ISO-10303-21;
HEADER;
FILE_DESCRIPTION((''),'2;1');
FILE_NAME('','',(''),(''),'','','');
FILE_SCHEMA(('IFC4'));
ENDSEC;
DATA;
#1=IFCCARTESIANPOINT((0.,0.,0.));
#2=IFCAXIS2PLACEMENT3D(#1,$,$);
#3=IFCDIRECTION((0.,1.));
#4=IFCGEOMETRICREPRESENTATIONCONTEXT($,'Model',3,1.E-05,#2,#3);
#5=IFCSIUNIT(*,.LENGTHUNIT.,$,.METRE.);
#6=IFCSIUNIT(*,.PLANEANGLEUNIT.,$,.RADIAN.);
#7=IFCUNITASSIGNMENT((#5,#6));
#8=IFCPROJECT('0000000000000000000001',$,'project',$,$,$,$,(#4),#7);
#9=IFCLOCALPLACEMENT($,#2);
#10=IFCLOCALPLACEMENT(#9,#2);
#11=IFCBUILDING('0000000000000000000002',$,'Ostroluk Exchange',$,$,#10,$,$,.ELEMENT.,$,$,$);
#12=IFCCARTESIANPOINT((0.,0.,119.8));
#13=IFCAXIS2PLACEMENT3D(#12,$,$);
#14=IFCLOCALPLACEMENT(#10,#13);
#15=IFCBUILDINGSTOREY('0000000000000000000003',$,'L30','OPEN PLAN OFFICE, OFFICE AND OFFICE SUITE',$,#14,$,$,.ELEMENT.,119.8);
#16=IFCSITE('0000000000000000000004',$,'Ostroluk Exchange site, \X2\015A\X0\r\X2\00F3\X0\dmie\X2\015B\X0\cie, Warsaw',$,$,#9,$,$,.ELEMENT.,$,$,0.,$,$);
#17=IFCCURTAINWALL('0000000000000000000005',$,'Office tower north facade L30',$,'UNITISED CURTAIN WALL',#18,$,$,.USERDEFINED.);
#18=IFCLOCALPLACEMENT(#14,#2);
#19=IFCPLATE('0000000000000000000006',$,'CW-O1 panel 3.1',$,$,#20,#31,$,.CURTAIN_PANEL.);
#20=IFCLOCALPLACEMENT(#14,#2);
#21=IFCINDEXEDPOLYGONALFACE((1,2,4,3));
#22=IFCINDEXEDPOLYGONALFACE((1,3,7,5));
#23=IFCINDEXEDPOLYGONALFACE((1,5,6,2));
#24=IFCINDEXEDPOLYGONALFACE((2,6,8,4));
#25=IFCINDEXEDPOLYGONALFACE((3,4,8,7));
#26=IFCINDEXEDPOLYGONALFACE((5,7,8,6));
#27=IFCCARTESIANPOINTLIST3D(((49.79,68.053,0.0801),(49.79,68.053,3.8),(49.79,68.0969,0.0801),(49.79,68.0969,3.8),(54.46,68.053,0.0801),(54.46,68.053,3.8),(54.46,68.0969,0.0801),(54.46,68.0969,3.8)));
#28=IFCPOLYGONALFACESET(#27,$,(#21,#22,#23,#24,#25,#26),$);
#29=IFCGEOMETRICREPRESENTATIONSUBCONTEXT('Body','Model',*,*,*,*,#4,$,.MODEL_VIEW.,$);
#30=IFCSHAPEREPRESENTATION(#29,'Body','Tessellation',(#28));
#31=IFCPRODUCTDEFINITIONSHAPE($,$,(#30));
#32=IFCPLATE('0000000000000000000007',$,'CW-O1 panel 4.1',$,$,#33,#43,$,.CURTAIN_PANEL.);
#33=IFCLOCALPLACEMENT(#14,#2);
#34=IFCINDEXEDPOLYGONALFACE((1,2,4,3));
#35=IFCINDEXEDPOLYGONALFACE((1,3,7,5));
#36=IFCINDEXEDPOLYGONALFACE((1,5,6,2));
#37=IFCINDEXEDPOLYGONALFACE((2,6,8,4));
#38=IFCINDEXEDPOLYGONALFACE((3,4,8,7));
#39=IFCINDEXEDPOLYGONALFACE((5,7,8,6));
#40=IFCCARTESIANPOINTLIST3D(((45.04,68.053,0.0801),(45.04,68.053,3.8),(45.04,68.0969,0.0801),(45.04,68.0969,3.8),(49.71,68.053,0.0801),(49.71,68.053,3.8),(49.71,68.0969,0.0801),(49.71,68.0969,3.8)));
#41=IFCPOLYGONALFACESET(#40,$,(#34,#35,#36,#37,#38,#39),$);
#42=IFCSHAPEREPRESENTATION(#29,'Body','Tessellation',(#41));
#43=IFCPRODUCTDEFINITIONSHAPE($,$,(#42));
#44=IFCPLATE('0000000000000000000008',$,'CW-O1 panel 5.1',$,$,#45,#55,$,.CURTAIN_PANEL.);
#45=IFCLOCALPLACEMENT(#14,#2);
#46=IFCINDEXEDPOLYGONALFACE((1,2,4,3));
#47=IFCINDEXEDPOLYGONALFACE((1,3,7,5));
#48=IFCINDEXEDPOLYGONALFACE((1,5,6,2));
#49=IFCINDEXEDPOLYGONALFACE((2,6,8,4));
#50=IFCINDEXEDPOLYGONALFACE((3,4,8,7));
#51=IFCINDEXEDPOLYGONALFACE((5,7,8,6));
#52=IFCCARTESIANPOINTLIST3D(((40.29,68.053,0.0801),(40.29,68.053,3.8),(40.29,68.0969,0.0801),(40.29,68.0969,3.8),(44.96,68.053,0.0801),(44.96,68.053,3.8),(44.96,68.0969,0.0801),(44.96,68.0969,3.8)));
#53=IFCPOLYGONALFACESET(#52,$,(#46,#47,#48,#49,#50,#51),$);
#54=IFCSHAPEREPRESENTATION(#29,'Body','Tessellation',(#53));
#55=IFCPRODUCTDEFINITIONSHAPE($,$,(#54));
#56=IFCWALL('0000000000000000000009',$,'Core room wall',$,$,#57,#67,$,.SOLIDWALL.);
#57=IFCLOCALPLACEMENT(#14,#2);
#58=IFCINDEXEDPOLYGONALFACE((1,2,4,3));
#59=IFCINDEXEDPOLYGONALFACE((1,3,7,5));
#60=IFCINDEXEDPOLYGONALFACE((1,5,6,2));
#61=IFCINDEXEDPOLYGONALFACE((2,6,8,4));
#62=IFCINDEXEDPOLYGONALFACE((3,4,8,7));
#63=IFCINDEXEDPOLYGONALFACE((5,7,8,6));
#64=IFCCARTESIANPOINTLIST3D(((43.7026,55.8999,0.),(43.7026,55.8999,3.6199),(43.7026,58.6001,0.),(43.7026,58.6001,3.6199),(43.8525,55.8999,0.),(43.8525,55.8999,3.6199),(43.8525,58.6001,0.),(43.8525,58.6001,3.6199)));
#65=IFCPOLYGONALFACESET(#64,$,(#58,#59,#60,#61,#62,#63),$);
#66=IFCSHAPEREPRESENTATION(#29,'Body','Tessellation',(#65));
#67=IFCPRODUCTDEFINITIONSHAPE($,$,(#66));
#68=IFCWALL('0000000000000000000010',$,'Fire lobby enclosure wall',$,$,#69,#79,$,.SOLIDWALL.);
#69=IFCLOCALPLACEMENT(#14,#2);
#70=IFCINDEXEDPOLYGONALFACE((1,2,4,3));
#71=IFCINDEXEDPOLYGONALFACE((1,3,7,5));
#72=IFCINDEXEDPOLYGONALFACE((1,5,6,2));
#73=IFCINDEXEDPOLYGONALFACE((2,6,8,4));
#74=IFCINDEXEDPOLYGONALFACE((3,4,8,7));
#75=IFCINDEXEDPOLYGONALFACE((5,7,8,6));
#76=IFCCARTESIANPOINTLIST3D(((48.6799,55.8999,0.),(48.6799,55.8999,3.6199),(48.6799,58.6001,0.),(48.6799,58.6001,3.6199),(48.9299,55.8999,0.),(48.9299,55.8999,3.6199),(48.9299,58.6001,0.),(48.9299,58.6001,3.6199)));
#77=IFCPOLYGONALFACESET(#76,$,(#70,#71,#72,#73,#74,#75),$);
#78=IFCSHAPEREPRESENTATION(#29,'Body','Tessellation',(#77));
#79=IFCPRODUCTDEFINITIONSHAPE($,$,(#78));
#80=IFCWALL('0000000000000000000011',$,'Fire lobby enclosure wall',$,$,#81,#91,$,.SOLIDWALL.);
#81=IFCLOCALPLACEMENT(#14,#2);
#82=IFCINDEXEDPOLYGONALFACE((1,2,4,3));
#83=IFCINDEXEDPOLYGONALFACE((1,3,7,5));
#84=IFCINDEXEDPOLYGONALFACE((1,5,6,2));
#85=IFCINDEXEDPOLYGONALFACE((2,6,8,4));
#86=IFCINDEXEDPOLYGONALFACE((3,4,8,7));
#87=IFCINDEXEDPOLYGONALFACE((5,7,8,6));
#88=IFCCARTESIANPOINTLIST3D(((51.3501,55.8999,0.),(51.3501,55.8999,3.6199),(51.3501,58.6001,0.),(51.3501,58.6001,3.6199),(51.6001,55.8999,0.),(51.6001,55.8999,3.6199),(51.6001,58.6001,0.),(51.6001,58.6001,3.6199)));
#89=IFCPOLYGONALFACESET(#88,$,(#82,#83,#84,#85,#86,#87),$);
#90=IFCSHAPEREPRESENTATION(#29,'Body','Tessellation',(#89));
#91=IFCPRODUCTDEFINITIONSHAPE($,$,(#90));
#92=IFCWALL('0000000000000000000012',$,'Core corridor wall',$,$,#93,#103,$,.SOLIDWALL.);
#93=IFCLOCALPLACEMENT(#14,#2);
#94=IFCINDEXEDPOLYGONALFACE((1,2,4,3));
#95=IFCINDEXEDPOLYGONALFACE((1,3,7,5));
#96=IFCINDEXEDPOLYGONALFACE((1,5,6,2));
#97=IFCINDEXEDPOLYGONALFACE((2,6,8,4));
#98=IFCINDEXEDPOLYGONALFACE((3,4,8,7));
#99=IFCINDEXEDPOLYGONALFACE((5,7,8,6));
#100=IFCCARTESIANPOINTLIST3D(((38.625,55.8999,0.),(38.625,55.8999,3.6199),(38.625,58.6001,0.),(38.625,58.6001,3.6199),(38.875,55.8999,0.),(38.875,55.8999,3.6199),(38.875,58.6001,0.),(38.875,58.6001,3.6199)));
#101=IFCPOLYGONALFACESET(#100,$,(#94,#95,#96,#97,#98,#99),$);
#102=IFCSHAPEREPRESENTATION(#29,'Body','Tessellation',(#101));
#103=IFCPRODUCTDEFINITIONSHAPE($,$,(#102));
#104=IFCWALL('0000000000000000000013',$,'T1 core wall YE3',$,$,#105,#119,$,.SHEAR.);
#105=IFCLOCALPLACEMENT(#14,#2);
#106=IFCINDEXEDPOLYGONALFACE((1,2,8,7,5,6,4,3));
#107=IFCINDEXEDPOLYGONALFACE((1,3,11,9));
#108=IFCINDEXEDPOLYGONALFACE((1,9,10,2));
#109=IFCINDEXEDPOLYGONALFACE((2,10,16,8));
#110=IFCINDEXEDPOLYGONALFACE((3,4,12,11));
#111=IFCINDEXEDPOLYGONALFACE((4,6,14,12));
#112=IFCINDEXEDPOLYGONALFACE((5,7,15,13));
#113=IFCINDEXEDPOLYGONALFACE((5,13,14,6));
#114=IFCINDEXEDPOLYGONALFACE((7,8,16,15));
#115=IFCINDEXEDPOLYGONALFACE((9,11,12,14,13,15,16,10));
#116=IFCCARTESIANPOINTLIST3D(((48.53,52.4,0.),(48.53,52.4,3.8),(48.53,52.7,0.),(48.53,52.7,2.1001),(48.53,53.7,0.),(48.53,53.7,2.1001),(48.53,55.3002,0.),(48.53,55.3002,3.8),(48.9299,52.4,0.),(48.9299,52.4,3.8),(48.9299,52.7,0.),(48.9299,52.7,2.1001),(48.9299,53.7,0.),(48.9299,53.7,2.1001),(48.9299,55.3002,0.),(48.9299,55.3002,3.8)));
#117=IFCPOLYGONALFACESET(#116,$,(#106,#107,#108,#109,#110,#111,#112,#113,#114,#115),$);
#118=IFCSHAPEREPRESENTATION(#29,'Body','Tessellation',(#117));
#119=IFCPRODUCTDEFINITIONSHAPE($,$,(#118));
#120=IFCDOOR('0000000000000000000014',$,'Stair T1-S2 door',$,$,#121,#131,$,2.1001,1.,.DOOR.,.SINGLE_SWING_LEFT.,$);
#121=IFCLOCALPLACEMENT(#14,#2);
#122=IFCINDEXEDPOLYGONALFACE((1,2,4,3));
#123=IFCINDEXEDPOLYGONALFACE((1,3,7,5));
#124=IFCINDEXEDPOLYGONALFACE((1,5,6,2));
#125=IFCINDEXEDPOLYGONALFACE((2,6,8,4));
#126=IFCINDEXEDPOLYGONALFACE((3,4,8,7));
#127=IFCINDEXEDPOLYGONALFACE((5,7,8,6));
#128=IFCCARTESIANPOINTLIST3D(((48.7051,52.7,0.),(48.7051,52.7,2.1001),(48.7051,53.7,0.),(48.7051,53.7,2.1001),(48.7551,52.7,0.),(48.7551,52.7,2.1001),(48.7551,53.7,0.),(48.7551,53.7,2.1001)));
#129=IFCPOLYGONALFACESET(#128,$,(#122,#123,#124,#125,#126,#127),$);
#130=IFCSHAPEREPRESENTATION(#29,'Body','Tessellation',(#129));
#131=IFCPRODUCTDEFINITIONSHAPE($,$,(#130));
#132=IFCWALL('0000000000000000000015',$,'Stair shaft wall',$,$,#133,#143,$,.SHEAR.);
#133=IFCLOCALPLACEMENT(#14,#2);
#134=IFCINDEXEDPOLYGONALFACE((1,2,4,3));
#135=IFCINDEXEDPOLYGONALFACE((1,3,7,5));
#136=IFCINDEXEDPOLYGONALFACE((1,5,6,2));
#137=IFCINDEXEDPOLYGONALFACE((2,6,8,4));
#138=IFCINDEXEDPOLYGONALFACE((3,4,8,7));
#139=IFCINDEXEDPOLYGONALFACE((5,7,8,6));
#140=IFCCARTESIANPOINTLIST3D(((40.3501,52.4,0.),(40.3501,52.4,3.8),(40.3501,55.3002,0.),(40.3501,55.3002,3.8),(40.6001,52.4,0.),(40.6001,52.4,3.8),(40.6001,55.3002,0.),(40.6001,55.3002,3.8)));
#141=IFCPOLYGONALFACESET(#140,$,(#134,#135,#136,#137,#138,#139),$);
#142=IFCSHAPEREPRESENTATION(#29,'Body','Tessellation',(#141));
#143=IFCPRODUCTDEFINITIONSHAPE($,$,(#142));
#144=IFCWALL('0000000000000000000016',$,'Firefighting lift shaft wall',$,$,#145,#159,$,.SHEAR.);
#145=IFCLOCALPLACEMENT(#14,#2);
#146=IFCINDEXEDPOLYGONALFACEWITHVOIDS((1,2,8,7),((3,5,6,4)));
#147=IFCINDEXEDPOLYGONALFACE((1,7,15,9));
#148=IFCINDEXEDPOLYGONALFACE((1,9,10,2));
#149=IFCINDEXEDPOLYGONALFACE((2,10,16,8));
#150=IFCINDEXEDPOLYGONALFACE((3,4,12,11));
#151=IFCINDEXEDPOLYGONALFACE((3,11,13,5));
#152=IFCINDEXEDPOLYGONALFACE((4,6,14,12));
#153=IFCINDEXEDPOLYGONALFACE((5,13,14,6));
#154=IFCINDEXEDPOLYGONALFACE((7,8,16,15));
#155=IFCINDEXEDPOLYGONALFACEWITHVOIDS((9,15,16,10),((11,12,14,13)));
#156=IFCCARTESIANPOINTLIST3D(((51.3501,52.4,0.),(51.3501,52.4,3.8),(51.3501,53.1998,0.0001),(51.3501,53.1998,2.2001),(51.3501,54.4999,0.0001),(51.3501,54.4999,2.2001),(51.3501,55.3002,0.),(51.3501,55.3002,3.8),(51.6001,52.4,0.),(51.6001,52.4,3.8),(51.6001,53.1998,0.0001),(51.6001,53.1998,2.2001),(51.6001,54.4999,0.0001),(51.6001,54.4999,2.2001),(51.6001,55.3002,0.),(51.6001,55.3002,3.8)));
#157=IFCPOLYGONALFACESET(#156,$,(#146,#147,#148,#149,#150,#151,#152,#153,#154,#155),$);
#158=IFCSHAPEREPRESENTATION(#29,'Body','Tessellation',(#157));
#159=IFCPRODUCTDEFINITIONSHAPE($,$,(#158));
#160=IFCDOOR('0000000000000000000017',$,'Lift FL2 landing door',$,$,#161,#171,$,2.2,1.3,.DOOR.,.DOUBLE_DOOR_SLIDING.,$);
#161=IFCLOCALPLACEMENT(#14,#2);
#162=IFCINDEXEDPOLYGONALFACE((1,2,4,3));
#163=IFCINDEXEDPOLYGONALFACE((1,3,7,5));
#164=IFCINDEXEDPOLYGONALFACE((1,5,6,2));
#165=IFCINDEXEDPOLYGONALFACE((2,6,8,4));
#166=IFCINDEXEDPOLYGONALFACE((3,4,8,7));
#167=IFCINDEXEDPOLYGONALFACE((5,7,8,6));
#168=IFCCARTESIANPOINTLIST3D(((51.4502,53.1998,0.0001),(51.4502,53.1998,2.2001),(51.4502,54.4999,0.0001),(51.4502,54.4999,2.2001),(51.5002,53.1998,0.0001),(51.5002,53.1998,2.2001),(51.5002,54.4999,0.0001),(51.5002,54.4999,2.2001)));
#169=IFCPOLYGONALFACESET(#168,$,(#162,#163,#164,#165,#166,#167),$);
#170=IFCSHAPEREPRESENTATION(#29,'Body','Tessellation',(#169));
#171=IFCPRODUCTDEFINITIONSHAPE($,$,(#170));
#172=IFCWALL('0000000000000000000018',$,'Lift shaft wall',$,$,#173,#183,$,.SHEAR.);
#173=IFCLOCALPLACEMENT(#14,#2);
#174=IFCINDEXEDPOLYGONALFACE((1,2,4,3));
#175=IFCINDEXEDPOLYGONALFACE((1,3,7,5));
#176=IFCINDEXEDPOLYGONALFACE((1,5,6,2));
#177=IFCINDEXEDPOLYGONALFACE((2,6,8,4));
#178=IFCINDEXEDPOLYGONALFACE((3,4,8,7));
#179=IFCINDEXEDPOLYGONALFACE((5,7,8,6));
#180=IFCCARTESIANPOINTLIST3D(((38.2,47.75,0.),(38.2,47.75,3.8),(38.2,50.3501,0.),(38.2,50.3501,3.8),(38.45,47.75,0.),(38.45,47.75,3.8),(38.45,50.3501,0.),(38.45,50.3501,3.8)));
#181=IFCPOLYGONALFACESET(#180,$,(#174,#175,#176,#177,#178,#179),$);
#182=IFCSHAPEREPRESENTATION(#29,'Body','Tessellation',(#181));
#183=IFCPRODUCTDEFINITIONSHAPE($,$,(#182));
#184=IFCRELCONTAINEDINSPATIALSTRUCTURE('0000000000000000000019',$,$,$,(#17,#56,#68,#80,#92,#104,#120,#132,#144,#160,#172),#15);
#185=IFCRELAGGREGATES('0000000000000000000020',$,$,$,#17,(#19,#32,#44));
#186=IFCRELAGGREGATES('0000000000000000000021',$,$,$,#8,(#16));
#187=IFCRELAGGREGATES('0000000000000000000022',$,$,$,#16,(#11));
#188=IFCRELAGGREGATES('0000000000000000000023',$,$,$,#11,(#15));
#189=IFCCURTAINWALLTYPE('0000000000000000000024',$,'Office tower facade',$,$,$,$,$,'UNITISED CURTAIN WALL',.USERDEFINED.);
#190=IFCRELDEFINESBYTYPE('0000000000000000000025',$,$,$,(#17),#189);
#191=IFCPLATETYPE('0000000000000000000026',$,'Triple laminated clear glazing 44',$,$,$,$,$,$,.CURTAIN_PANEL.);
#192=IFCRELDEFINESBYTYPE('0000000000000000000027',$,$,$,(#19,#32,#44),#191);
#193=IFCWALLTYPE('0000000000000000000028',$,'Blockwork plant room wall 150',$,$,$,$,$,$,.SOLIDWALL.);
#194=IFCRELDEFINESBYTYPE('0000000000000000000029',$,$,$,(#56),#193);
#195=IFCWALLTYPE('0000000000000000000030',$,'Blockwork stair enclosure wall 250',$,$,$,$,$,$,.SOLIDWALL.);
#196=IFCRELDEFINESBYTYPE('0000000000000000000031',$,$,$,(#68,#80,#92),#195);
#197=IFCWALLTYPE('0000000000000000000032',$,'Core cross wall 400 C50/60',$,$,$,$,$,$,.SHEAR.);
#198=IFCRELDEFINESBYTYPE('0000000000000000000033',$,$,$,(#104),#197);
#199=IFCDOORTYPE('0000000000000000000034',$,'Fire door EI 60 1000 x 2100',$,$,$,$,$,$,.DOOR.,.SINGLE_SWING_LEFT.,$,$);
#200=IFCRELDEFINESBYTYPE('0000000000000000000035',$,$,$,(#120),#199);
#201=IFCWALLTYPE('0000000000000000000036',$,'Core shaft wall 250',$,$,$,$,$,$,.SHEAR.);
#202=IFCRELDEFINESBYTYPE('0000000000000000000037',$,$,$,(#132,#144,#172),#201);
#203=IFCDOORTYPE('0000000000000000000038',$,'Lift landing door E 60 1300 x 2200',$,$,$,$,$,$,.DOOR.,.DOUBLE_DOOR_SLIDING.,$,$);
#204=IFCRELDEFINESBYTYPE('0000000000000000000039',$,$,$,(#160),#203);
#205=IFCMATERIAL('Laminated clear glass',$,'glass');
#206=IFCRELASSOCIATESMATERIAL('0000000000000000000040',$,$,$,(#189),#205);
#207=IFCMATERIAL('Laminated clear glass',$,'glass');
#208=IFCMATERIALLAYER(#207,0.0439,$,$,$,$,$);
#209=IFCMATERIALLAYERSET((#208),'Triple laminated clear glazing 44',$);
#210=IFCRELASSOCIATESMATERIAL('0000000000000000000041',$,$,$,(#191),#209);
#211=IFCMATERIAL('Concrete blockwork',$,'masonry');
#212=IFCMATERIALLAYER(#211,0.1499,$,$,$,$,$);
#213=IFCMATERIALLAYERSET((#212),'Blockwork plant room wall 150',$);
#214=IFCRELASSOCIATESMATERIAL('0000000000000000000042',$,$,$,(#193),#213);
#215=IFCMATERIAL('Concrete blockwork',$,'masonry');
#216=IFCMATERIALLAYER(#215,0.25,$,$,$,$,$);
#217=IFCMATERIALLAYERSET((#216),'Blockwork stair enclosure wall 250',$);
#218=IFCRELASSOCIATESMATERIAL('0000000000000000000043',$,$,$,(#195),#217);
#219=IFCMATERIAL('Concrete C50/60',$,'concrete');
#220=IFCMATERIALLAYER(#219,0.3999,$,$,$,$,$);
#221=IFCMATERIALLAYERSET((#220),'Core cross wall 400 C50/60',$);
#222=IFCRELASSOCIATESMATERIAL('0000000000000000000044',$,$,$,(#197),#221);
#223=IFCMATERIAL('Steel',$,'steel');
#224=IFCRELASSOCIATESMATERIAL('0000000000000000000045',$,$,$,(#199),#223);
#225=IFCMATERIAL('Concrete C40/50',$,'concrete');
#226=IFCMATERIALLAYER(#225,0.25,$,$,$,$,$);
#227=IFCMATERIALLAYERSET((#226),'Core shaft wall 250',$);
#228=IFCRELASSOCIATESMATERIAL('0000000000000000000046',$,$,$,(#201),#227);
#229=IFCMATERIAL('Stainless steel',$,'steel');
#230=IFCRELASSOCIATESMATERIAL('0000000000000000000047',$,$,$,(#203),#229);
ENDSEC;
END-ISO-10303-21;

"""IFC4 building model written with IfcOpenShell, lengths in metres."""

from ifc_helpers import new_model, si_unit, direction, frame, frame_2d, origin, origin_2d, place, context, subcontext, project, spatial, rectangle, extrude, material, layer, layer_set, type_object, element, fill, aggregate, save


model = new_model("IFC4")

# Units and contexts
model_context = context("Model", 3, precision=1e-05, world=origin(), true_north=direction((0.0, 1.0)))
body_context = subcontext(model_context, "Body", "Model", "MODEL_VIEW")
ifc_project = project(units=[si_unit("LENGTHUNIT", "METRE"), si_unit("PLANEANGLEUNIT", "RADIAN")], contexts=[model_context])

# Site, building, storey
site_placement = place(None, origin())
site = spatial("IfcSite", under=ifc_project, at=site_placement, Name="Ostroluk Exchange site, Śródmieście, Warsaw", CompositionType="ELEMENT", RefElevation=0.0)
building_placement = place(site_placement, origin())
building = spatial("IfcBuilding", under=site, at=building_placement, Name="Ostroluk Exchange", CompositionType="ELEMENT")
storey_placement = place(building_placement, frame((0.0, 0.0, 119.8)))
storey = spatial("IfcBuildingStorey", under=building, at=storey_placement, Name="L30", Description="OPEN PLAN OFFICE, OFFICE AND OFFICE SUITE", CompositionType="ELEMENT", Elevation=119.8)

# Curtain wall, plates
ifc_material_1 = material(Name="Laminated clear glass", Category="glass")
curtain_wall_type = type_object("IfcCurtainWallType", Name="Office tower facade", ElementType="UNITISED CURTAIN WALL", PredefinedType="USERDEFINED", material=ifc_material_1)
curtain_wall_placement = place(storey_placement, origin())
curtain_wall = element("IfcCurtainWall", 1, at=curtain_wall_placement, inside=storey, type_object=curtain_wall_type, Name="Office tower north facade L30", ObjectType="UNITISED CURTAIN WALL", PredefinedType="USERDEFINED")
ifc_material_2 = material(Name="Laminated clear glass", Category="glass")
ifc_layer_1 = layer(ifc_material_2, 0.0439)
ifc_layer_set_1 = layer_set([ifc_layer_1], Name="Triple laminated clear glazing 44")
plate_type = type_object("IfcPlateType", Name="Triple laminated clear glazing 44", PredefinedType="CURTAIN_PANEL", material=ifc_layer_set_1)
plate_1_placement = place(storey_placement, frame((52.125, 68.075, 0.0801), z_axis=(0.0, 0.0, 1.0), x_axis=(-1.0, 0.0, 0.0)))
plate_1 = element("IfcPlate", 2, at=plate_1_placement, type_object=plate_type, Name="CW-O1 panel 3.1", PredefinedType="CURTAIN_PANEL", context=body_context, shape_type="SweptSolid", body=[
    extrude(rectangle(XDim=4.6699, YDim=0.0439, at=origin_2d()), origin(), (0.0, 0.0, 1.0), 3.72),
])
plate_2_placement = place(storey_placement, frame((47.375, 68.075, 0.0801), z_axis=(0.0, 0.0, 1.0), x_axis=(-1.0, 0.0, 0.0)))
plate_2 = element("IfcPlate", 3, at=plate_2_placement, type_object=plate_type, Name="CW-O1 panel 4.1", PredefinedType="CURTAIN_PANEL", context=body_context, shape_type="SweptSolid", body=[
    extrude(rectangle(XDim=4.6699, YDim=0.0439, at=origin_2d()), origin(), (0.0, 0.0, 1.0), 3.72),
])
plate_3_placement = place(storey_placement, frame((42.625, 68.075, 0.0801), z_axis=(0.0, 0.0, 1.0), x_axis=(-1.0, 0.0, 0.0)))
plate_3 = element("IfcPlate", 4, at=plate_3_placement, type_object=plate_type, Name="CW-O1 panel 5.1", PredefinedType="CURTAIN_PANEL", context=body_context, shape_type="SweptSolid", body=[
    extrude(rectangle(XDim=4.6699, YDim=0.0439, at=origin_2d()), origin(), (0.0, 0.0, 1.0), 3.72),
])
aggregate(curtain_wall, [plate_1, plate_2, plate_3])

# Walls
ifc_material_3 = material(Name="Concrete blockwork", Category="masonry")
ifc_layer_2 = layer(ifc_material_3, 0.1499)
ifc_layer_set_2 = layer_set([ifc_layer_2], Name="Blockwork plant room wall 150")
wall_type_1 = type_object("IfcWallType", Name="Blockwork plant room wall 150", PredefinedType="SOLIDWALL", material=ifc_layer_set_2)
wall_1_placement = place(storey_placement, frame((43.7776, 55.8999, 0.0), z_axis=(0.0, 0.0, 1.0), x_axis=(0.0, 1.0, 0.0)))
element("IfcWall", 5, at=wall_1_placement, inside=storey, type_object=wall_type_1, Name="Core room wall", PredefinedType="SOLIDWALL", context=body_context, shape_type="SweptSolid", body=[
    extrude(rectangle(XDim=2.7002, YDim=0.1499, at=frame_2d((1.3501, 0.0))), origin(), (0.0, 0.0, 1.0), 3.6199),
])
ifc_material_4 = material(Name="Concrete blockwork", Category="masonry")
ifc_layer_3 = layer(ifc_material_4, 0.25)
ifc_layer_set_3 = layer_set([ifc_layer_3], Name="Blockwork stair enclosure wall 250")
wall_type_2 = type_object("IfcWallType", Name="Blockwork stair enclosure wall 250", PredefinedType="SOLIDWALL", material=ifc_layer_set_3)
for number, where, z_axis, x_axis, name in (
    (6, (48.8049, 55.8999, 0.0), (0.0, 0.0, 1.0), (0.0, 1.0, 0.0), "Fire lobby enclosure wall"),
    (7, (51.4751, 55.8999, 0.0), (0.0, 0.0, 1.0), (0.0, 1.0, 0.0), "Fire lobby enclosure wall"),
    (8, (38.75, 55.8999, 0.0), (0.0, 0.0, 1.0), (0.0, 1.0, 0.0), "Core corridor wall"),
):
    element("IfcWall", number, at=place(storey_placement, frame(where, z_axis=z_axis, x_axis=x_axis)), inside=storey, type_object=wall_type_2, Name=name, PredefinedType="SOLIDWALL", context=body_context, shape_type="SweptSolid", body=[
        extrude(rectangle(XDim=2.7002, YDim=0.25, at=frame_2d((1.3501, 0.0))), origin(), (0.0, 0.0, 1.0), 3.6199),
    ])

# Wall, opening, door
ifc_material_5 = material(Name="Concrete C50/60", Category="concrete")
ifc_layer_4 = layer(ifc_material_5, 0.3999)
ifc_layer_set_4 = layer_set([ifc_layer_4], Name="Core cross wall 400 C50/60")
wall_type_3 = type_object("IfcWallType", Name="Core cross wall 400 C50/60", PredefinedType="SHEAR", material=ifc_layer_set_4)
wall_2_placement = place(storey_placement, frame((48.73, 52.3999, 0.0), z_axis=(0.0, 0.0, 1.0), x_axis=(0.0, 1.0, 0.0)))
wall_2 = element("IfcWall", 9, at=wall_2_placement, inside=storey, type_object=wall_type_3, Name="T1 core wall YE3", PredefinedType="SHEAR", context=body_context, shape_type="SweptSolid", body=[
    extrude(rectangle(XDim=2.9001, YDim=0.3999, at=frame_2d((1.4502, 0.0))), origin(), (0.0, 0.0, 1.0), 3.8),
])
opening_1_placement = place(wall_2_placement, frame((0.3, 0.0, 0.0)))
opening_1 = element("IfcOpeningElement", 10, at=opening_1_placement, cuts=wall_2, PredefinedType="OPENING", context=body_context, shape_type="SweptSolid", body=[
    extrude(rectangle(XDim=1.0, YDim=2.1001, at=frame_2d((0.5, 1.05))), frame((0.0, 0.21, 0.0), z_axis=(0.0, -1.0, 0.0), x_axis=(1.0, 0.0, 0.0)), (0.0, 0.0, 1.0), 0.4199),
])
ifc_material_6 = material(Name="Steel", Category="steel")
door_type_1 = type_object("IfcDoorType", Name="Fire door EI 60 1000 x 2100", OperationType="SINGLE_SWING_LEFT", PredefinedType="DOOR", material=ifc_material_6)
door_1_placement = place(opening_1_placement, origin())
door_1 = element("IfcDoor", 11, at=door_1_placement, inside=storey, type_object=door_type_1, Name="Stair T1-S2 door", OperationType="SINGLE_SWING_LEFT", OverallHeight=2.1001, OverallWidth=1.0, PredefinedType="DOOR", context=body_context, shape_type="SweptSolid", body=[
    extrude(rectangle(XDim=1.0, YDim=2.1001, at=frame_2d((0.5, 1.05))), frame((0.0, 0.0249, 0.0), z_axis=(0.0, -1.0, 0.0), x_axis=(1.0, 0.0, 0.0)), (0.0, 0.0, 1.0), 0.05),
])
fill(opening_1, door_1)

# Wall
ifc_material_7 = material(Name="Concrete C40/50", Category="concrete")
ifc_layer_5 = layer(ifc_material_7, 0.25)
ifc_layer_set_5 = layer_set([ifc_layer_5], Name="Core shaft wall 250")
wall_type_4 = type_object("IfcWallType", Name="Core shaft wall 250", PredefinedType="SHEAR", material=ifc_layer_set_5)
wall_3_placement = place(storey_placement, frame((40.4751, 52.3999, 0.0), z_axis=(0.0, 0.0, 1.0), x_axis=(0.0, 1.0, 0.0)))
element("IfcWall", 12, at=wall_3_placement, inside=storey, type_object=wall_type_4, Name="Stair shaft wall", PredefinedType="SHEAR", context=body_context, shape_type="SweptSolid", body=[
    extrude(rectangle(XDim=2.9001, YDim=0.25, at=frame_2d((1.4502, 0.0))), origin(), (0.0, 0.0, 1.0), 3.8),
])

# Wall, opening, door
wall_4_placement = place(storey_placement, frame((51.4751, 52.3999, 0.0), z_axis=(0.0, 0.0, 1.0), x_axis=(0.0, 1.0, 0.0)))
wall_4 = element("IfcWall", 13, at=wall_4_placement, inside=storey, type_object=wall_type_4, Name="Firefighting lift shaft wall", PredefinedType="SHEAR", context=body_context, shape_type="SweptSolid", body=[
    extrude(rectangle(XDim=2.9001, YDim=0.25, at=frame_2d((1.4502, 0.0))), origin(), (0.0, 0.0, 1.0), 3.8),
])
opening_2_placement = place(wall_4_placement, frame((0.8, 0.0, 0.0)))
opening_2 = element("IfcOpeningElement", 14, at=opening_2_placement, cuts=wall_4, PredefinedType="OPENING", context=body_context, shape_type="SweptSolid", body=[
    extrude(rectangle(XDim=1.3, YDim=2.2, at=frame_2d((0.6499, 1.1001))), frame((0.0, 0.135, 0.0), z_axis=(0.0, -1.0, 0.0), x_axis=(1.0, 0.0, 0.0)), (0.0, 0.0, 1.0), 0.27),
])
ifc_material_8 = material(Name="Stainless steel", Category="steel")
door_type_2 = type_object("IfcDoorType", Name="Lift landing door E 60 1300 x 2200", OperationType="DOUBLE_DOOR_SLIDING", PredefinedType="DOOR", material=ifc_material_8)
door_2_placement = place(opening_2_placement, origin())
door_2 = element("IfcDoor", 15, at=door_2_placement, inside=storey, type_object=door_type_2, Name="Lift FL2 landing door", OperationType="DOUBLE_DOOR_SLIDING", OverallHeight=2.2, OverallWidth=1.3, PredefinedType="DOOR", context=body_context, shape_type="SweptSolid", body=[
    extrude(rectangle(XDim=1.3, YDim=2.2, at=frame_2d((0.6499, 1.1001))), frame((0.0, 0.0249, 0.0), z_axis=(0.0, -1.0, 0.0), x_axis=(1.0, 0.0, 0.0)), (0.0, 0.0, 1.0), 0.05),
])
fill(opening_2, door_2)

# Wall
for number, where, z_axis, x_axis, name in (
    (16, (38.325, 47.75, 0.0), (0.0, 0.0, 1.0), (0.0, 1.0, 0.0), "Lift shaft wall"),
):
    element("IfcWall", number, at=place(storey_placement, frame(where, z_axis=z_axis, x_axis=x_axis)), inside=storey, type_object=wall_type_4, Name=name, PredefinedType="SHEAR", context=body_context, shape_type="SweptSolid", body=[
        extrude(rectangle(XDim=2.6001, YDim=0.25, at=frame_2d((1.3, 0.0))), origin(), (0.0, 0.0, 1.0), 3.8),
    ])

save(model, "model.ifc")
